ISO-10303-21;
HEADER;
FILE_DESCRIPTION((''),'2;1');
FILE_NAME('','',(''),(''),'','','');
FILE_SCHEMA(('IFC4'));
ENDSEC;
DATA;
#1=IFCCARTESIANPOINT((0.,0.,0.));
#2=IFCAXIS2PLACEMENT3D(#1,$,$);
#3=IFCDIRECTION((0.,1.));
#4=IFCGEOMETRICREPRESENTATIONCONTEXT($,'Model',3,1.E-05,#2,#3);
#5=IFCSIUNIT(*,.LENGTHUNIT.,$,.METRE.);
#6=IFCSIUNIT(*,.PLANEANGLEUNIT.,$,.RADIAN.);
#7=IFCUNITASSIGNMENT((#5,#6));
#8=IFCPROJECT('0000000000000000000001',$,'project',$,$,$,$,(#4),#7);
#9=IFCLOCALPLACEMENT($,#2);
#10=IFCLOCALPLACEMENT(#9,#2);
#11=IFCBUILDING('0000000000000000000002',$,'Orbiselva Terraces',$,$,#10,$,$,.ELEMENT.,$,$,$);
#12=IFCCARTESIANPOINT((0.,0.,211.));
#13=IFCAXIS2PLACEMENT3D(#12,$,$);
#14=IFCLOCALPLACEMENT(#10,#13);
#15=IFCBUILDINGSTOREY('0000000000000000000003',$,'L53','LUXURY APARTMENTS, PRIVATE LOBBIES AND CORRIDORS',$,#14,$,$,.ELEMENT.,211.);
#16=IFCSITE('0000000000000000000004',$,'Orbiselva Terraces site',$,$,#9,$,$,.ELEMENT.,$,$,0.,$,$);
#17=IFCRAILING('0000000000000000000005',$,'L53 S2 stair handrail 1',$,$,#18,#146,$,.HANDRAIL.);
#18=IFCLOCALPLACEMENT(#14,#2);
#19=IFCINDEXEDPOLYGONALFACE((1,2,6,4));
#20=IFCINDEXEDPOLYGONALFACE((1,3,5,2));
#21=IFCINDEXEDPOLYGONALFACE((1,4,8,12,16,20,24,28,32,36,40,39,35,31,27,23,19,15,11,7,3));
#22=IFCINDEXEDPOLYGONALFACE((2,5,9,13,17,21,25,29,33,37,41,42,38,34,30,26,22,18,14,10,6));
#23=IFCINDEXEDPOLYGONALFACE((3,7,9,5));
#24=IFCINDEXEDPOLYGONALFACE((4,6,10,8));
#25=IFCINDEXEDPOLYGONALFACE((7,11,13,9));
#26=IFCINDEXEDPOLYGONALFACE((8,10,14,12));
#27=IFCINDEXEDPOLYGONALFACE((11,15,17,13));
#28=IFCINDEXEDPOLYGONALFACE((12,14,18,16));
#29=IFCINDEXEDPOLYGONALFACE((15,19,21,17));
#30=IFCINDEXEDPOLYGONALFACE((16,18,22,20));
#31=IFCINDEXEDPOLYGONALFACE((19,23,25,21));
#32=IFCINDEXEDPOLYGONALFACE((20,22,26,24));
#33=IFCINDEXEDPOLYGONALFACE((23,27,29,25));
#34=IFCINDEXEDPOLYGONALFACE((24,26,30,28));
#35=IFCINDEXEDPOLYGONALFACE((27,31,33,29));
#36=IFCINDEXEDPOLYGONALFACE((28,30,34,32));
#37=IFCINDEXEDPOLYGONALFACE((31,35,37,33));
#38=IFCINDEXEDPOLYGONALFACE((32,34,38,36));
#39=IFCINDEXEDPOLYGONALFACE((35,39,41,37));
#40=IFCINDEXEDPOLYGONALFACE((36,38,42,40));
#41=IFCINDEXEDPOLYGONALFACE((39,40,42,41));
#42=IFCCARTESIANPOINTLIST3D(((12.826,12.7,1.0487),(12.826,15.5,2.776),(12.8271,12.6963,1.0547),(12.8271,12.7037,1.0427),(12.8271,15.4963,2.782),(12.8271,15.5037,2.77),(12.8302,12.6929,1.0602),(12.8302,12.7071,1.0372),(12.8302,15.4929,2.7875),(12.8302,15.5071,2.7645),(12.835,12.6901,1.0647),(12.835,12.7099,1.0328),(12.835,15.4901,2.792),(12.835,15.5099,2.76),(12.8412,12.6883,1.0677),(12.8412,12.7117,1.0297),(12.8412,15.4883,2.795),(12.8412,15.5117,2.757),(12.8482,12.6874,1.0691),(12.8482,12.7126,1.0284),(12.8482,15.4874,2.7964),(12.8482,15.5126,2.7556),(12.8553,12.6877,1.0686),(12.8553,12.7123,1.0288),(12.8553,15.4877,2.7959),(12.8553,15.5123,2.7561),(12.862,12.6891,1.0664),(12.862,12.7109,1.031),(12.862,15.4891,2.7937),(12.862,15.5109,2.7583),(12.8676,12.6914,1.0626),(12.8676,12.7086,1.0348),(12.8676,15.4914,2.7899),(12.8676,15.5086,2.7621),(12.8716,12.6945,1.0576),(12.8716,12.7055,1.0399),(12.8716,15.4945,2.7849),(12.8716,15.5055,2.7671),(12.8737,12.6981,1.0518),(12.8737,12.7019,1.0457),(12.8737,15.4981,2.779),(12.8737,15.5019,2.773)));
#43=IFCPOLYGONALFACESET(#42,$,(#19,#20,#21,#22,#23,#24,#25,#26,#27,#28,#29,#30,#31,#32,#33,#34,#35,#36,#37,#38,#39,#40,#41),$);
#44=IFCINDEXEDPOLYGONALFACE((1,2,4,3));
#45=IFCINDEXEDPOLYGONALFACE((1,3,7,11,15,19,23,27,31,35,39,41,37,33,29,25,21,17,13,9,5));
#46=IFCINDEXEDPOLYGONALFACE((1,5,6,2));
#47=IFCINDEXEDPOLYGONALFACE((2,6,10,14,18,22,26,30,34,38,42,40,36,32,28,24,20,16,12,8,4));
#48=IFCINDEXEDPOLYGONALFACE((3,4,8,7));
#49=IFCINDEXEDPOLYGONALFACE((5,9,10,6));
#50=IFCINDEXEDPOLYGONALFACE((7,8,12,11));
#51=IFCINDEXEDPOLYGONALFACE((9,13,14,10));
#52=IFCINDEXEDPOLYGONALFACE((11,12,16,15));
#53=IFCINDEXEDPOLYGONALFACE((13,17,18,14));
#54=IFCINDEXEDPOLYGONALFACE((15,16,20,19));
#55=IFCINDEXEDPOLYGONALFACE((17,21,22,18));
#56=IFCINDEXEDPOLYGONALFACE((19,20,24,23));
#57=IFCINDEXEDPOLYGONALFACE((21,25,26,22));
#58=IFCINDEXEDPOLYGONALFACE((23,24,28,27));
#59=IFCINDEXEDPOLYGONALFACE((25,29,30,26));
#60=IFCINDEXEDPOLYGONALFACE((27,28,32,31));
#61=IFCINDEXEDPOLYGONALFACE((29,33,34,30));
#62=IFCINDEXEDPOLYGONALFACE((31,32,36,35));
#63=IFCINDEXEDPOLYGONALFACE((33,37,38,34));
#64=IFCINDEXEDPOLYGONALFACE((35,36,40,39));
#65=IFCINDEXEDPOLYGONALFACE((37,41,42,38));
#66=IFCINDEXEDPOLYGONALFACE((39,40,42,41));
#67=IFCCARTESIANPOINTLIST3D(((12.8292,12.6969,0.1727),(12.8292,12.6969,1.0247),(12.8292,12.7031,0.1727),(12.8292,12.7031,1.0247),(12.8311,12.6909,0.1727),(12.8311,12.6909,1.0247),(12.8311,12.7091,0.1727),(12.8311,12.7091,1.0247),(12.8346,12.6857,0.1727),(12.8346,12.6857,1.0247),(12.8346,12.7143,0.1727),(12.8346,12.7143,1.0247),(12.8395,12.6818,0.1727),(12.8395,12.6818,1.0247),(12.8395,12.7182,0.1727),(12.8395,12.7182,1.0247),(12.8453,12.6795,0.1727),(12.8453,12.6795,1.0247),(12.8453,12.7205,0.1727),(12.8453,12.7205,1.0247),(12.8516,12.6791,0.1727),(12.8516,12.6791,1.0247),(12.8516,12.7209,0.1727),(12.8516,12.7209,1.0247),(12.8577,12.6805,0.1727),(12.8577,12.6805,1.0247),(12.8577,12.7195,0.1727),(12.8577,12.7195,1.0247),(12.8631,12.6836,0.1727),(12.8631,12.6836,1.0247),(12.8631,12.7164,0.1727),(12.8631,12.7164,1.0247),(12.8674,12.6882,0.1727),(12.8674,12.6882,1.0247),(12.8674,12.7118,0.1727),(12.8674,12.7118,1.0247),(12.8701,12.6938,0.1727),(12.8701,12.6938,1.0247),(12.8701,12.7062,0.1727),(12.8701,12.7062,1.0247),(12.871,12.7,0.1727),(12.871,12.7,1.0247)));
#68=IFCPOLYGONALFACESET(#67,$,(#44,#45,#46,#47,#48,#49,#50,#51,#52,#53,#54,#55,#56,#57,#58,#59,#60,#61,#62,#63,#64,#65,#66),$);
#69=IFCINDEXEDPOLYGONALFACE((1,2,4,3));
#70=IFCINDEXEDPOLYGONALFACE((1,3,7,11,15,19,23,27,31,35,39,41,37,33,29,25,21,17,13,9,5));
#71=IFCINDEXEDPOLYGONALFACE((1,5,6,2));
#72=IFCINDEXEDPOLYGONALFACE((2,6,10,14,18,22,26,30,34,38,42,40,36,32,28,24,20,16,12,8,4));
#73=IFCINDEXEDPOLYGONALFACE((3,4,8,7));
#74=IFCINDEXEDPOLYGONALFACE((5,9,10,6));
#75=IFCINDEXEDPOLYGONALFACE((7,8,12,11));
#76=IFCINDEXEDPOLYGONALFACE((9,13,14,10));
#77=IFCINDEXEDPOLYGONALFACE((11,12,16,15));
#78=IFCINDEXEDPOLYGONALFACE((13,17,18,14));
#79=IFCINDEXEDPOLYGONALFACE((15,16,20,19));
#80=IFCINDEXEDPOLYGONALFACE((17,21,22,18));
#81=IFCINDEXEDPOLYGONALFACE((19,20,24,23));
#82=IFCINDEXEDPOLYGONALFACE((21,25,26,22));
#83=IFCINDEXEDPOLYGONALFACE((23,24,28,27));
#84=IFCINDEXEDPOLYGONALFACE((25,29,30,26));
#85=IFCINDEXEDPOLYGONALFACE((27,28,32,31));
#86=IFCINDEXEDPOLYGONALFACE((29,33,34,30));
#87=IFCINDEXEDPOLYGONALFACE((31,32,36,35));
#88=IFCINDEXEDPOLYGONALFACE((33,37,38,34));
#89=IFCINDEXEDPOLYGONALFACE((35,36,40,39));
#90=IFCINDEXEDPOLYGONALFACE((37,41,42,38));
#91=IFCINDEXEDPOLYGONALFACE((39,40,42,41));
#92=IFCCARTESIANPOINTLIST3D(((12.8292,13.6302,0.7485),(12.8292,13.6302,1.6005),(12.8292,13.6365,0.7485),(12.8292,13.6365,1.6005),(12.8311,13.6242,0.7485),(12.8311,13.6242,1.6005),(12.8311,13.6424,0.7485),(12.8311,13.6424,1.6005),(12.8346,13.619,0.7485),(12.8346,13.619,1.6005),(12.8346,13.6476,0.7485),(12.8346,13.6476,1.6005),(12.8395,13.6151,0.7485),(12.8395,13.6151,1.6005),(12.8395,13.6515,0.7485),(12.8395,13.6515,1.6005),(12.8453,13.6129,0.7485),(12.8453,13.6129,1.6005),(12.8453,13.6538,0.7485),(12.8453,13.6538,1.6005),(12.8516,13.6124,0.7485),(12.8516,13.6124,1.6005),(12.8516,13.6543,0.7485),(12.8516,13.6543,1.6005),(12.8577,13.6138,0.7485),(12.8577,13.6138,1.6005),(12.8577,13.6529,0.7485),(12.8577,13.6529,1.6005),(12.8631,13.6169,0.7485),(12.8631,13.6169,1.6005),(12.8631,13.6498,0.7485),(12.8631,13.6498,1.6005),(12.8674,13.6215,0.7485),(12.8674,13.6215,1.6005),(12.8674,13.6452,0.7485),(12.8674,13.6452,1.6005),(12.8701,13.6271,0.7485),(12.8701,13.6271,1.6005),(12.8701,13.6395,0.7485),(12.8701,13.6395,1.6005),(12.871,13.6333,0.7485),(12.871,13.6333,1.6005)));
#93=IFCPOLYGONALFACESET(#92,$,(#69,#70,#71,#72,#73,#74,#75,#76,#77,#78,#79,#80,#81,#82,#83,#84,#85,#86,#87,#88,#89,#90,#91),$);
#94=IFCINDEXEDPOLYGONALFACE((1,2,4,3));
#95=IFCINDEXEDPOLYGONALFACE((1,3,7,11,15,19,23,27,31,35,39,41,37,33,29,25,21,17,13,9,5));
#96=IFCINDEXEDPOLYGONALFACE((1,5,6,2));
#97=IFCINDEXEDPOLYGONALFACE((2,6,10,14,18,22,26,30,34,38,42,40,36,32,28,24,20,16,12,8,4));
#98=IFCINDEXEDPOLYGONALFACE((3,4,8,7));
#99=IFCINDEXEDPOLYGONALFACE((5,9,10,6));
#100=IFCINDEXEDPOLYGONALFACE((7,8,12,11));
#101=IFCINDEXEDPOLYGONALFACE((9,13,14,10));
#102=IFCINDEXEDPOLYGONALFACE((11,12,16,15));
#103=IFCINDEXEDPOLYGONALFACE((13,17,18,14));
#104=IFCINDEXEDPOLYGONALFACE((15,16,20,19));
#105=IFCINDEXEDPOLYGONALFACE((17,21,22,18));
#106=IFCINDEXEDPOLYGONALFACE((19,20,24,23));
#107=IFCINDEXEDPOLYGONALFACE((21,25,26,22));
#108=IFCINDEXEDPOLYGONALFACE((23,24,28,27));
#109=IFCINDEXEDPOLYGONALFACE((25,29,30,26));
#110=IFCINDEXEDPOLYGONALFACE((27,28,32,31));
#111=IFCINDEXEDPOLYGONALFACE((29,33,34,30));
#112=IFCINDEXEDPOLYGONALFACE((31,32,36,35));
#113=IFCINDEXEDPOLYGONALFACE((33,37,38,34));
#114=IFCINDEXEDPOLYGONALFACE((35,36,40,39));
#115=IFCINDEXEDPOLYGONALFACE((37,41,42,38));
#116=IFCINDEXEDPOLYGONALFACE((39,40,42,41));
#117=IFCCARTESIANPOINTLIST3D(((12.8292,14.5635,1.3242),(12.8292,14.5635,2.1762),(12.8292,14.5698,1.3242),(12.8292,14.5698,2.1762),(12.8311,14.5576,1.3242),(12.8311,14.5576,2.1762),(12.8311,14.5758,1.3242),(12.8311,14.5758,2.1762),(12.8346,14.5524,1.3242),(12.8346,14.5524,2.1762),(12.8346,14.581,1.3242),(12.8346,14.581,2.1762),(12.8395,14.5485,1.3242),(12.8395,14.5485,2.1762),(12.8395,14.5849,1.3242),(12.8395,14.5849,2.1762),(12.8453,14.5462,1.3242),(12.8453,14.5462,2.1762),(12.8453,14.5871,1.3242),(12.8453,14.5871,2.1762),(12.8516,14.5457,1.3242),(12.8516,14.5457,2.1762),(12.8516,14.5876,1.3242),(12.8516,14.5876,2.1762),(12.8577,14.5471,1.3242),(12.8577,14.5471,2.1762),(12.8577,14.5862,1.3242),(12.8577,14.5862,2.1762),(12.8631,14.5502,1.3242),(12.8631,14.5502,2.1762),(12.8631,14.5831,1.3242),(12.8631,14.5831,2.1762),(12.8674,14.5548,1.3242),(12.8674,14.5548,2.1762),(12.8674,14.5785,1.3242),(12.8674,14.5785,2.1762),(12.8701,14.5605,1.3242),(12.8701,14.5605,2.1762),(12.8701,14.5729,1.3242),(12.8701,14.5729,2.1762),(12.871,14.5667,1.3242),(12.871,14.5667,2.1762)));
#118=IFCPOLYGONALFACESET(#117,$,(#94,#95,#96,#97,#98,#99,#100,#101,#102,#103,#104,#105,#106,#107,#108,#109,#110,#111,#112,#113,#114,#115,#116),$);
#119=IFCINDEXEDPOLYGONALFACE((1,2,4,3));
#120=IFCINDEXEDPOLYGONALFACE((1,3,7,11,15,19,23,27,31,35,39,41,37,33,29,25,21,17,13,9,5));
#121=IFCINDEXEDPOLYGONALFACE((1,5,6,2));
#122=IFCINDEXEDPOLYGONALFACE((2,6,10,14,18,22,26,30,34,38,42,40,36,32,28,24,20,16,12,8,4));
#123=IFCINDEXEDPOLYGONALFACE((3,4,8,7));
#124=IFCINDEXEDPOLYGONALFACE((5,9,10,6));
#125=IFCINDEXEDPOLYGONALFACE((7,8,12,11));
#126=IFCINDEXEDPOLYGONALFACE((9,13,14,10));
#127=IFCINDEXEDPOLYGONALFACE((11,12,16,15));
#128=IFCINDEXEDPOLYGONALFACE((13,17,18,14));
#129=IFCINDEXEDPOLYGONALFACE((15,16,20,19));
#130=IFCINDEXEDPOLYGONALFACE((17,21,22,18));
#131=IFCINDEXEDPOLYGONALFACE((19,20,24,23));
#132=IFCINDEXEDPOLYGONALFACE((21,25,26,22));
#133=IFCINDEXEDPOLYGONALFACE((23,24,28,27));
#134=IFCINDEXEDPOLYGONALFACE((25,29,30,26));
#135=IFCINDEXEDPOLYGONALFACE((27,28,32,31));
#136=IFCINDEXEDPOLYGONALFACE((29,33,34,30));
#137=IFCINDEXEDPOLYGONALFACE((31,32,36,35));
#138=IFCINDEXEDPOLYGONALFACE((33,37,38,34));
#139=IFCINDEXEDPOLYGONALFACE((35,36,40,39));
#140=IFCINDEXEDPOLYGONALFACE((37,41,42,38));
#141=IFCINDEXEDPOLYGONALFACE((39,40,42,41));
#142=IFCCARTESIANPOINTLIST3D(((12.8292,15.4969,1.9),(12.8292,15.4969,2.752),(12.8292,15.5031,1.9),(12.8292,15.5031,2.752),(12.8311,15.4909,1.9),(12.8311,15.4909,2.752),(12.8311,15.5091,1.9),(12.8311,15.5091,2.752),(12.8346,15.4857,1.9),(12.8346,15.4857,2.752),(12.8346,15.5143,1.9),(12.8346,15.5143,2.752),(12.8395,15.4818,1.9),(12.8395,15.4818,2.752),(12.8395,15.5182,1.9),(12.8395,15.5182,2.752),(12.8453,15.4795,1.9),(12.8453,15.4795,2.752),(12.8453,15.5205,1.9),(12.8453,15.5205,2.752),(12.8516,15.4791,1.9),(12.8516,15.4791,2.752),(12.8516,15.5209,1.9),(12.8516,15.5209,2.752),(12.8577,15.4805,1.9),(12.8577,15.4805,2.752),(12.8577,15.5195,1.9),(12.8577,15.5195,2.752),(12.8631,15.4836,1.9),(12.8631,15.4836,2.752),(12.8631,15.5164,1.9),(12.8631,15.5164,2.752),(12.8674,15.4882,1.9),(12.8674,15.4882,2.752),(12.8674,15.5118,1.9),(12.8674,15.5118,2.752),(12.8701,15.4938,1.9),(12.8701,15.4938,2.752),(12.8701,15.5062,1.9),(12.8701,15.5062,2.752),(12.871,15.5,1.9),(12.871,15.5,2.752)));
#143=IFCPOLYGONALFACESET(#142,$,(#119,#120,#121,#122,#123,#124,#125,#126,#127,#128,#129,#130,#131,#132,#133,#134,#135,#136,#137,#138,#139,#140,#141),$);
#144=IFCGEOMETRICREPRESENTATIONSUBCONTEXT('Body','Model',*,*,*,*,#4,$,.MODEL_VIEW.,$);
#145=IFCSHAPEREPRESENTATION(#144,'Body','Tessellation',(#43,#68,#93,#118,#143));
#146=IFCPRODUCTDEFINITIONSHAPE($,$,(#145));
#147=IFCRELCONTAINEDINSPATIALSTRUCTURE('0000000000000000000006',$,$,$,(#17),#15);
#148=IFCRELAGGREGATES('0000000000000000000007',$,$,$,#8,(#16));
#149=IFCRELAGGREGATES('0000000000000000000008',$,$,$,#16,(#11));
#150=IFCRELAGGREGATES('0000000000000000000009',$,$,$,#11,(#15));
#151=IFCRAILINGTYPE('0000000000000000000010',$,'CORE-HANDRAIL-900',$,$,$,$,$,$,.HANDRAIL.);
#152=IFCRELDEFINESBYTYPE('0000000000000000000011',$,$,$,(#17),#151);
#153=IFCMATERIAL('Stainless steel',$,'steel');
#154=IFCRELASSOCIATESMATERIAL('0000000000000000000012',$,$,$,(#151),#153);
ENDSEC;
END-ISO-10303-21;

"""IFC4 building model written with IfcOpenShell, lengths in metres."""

from ifc_helpers import new_model, si_unit, direction, frame, origin, origin_2d, place, context, subcontext, project, spatial, circle, extrude, material, type_object, element, save


model = new_model("IFC4")

# Units and contexts
model_context = context("Model", 3, precision=1e-05, world=origin(), true_north=direction((0.0, 1.0)))
body_context = subcontext(model_context, "Body", "Model", "MODEL_VIEW")
ifc_project = project(units=[si_unit("LENGTHUNIT", "METRE"), si_unit("PLANEANGLEUNIT", "RADIAN")], contexts=[model_context])

# Site, building, storey
site_placement = place(None, origin())
site = spatial("IfcSite", under=ifc_project, at=site_placement, Name="Orbiselva Terraces site", CompositionType="ELEMENT", RefElevation=0.0)
building_placement = place(site_placement, origin())
building = spatial("IfcBuilding", under=site, at=building_placement, Name="Orbiselva Terraces", CompositionType="ELEMENT")
storey_placement = place(building_placement, frame((0.0, 0.0, 211.0)))
storey = spatial("IfcBuildingStorey", under=building, at=storey_placement, Name="L53", Description="LUXURY APARTMENTS, PRIVATE LOBBIES AND CORRIDORS", CompositionType="ELEMENT", Elevation=211.0)

# Railing
ifc_material_1 = material(Name="Stainless steel", Category="steel")
railing_type = type_object("IfcRailingType", Name="CORE-HANDRAIL-900", PredefinedType="HANDRAIL", material=ifc_material_1)
railing_1_placement = place(storey_placement, frame((12.85, 12.7, 0.1727)))
element("IfcRailing", 1, at=railing_1_placement, inside=storey, type_object=railing_type, Name="L53 S2 stair handrail 1", PredefinedType="HANDRAIL", context=body_context, shape_type="SweptSolid", body=[
    extrude(circle(Radius=0.024, at=origin_2d()), frame((0.0, 0.0, 0.876), z_axis=(0.0, 0.851089, 0.525022), x_axis=(-1.0, 0.0, 0.0)), (0.0, 0.0, 1.0), 3.2899),
    extrude(circle(Radius=0.021, at=origin_2d()), origin(), (0.0, 0.0, 1.0), 0.852),
    extrude(circle(Radius=0.021, at=origin_2d()), frame((0.0, 0.9333, 0.5758)), (0.0, 0.0, 1.0), 0.852),
    extrude(circle(Radius=0.021, at=origin_2d()), frame((0.0, 1.8667, 1.1515)), (0.0, 0.0, 1.0), 0.852),
    extrude(circle(Radius=0.021, at=origin_2d()), frame((0.0, 2.8, 1.7273)), (0.0, 0.0, 1.0), 0.852),
])

save(model, "model.ifc")
